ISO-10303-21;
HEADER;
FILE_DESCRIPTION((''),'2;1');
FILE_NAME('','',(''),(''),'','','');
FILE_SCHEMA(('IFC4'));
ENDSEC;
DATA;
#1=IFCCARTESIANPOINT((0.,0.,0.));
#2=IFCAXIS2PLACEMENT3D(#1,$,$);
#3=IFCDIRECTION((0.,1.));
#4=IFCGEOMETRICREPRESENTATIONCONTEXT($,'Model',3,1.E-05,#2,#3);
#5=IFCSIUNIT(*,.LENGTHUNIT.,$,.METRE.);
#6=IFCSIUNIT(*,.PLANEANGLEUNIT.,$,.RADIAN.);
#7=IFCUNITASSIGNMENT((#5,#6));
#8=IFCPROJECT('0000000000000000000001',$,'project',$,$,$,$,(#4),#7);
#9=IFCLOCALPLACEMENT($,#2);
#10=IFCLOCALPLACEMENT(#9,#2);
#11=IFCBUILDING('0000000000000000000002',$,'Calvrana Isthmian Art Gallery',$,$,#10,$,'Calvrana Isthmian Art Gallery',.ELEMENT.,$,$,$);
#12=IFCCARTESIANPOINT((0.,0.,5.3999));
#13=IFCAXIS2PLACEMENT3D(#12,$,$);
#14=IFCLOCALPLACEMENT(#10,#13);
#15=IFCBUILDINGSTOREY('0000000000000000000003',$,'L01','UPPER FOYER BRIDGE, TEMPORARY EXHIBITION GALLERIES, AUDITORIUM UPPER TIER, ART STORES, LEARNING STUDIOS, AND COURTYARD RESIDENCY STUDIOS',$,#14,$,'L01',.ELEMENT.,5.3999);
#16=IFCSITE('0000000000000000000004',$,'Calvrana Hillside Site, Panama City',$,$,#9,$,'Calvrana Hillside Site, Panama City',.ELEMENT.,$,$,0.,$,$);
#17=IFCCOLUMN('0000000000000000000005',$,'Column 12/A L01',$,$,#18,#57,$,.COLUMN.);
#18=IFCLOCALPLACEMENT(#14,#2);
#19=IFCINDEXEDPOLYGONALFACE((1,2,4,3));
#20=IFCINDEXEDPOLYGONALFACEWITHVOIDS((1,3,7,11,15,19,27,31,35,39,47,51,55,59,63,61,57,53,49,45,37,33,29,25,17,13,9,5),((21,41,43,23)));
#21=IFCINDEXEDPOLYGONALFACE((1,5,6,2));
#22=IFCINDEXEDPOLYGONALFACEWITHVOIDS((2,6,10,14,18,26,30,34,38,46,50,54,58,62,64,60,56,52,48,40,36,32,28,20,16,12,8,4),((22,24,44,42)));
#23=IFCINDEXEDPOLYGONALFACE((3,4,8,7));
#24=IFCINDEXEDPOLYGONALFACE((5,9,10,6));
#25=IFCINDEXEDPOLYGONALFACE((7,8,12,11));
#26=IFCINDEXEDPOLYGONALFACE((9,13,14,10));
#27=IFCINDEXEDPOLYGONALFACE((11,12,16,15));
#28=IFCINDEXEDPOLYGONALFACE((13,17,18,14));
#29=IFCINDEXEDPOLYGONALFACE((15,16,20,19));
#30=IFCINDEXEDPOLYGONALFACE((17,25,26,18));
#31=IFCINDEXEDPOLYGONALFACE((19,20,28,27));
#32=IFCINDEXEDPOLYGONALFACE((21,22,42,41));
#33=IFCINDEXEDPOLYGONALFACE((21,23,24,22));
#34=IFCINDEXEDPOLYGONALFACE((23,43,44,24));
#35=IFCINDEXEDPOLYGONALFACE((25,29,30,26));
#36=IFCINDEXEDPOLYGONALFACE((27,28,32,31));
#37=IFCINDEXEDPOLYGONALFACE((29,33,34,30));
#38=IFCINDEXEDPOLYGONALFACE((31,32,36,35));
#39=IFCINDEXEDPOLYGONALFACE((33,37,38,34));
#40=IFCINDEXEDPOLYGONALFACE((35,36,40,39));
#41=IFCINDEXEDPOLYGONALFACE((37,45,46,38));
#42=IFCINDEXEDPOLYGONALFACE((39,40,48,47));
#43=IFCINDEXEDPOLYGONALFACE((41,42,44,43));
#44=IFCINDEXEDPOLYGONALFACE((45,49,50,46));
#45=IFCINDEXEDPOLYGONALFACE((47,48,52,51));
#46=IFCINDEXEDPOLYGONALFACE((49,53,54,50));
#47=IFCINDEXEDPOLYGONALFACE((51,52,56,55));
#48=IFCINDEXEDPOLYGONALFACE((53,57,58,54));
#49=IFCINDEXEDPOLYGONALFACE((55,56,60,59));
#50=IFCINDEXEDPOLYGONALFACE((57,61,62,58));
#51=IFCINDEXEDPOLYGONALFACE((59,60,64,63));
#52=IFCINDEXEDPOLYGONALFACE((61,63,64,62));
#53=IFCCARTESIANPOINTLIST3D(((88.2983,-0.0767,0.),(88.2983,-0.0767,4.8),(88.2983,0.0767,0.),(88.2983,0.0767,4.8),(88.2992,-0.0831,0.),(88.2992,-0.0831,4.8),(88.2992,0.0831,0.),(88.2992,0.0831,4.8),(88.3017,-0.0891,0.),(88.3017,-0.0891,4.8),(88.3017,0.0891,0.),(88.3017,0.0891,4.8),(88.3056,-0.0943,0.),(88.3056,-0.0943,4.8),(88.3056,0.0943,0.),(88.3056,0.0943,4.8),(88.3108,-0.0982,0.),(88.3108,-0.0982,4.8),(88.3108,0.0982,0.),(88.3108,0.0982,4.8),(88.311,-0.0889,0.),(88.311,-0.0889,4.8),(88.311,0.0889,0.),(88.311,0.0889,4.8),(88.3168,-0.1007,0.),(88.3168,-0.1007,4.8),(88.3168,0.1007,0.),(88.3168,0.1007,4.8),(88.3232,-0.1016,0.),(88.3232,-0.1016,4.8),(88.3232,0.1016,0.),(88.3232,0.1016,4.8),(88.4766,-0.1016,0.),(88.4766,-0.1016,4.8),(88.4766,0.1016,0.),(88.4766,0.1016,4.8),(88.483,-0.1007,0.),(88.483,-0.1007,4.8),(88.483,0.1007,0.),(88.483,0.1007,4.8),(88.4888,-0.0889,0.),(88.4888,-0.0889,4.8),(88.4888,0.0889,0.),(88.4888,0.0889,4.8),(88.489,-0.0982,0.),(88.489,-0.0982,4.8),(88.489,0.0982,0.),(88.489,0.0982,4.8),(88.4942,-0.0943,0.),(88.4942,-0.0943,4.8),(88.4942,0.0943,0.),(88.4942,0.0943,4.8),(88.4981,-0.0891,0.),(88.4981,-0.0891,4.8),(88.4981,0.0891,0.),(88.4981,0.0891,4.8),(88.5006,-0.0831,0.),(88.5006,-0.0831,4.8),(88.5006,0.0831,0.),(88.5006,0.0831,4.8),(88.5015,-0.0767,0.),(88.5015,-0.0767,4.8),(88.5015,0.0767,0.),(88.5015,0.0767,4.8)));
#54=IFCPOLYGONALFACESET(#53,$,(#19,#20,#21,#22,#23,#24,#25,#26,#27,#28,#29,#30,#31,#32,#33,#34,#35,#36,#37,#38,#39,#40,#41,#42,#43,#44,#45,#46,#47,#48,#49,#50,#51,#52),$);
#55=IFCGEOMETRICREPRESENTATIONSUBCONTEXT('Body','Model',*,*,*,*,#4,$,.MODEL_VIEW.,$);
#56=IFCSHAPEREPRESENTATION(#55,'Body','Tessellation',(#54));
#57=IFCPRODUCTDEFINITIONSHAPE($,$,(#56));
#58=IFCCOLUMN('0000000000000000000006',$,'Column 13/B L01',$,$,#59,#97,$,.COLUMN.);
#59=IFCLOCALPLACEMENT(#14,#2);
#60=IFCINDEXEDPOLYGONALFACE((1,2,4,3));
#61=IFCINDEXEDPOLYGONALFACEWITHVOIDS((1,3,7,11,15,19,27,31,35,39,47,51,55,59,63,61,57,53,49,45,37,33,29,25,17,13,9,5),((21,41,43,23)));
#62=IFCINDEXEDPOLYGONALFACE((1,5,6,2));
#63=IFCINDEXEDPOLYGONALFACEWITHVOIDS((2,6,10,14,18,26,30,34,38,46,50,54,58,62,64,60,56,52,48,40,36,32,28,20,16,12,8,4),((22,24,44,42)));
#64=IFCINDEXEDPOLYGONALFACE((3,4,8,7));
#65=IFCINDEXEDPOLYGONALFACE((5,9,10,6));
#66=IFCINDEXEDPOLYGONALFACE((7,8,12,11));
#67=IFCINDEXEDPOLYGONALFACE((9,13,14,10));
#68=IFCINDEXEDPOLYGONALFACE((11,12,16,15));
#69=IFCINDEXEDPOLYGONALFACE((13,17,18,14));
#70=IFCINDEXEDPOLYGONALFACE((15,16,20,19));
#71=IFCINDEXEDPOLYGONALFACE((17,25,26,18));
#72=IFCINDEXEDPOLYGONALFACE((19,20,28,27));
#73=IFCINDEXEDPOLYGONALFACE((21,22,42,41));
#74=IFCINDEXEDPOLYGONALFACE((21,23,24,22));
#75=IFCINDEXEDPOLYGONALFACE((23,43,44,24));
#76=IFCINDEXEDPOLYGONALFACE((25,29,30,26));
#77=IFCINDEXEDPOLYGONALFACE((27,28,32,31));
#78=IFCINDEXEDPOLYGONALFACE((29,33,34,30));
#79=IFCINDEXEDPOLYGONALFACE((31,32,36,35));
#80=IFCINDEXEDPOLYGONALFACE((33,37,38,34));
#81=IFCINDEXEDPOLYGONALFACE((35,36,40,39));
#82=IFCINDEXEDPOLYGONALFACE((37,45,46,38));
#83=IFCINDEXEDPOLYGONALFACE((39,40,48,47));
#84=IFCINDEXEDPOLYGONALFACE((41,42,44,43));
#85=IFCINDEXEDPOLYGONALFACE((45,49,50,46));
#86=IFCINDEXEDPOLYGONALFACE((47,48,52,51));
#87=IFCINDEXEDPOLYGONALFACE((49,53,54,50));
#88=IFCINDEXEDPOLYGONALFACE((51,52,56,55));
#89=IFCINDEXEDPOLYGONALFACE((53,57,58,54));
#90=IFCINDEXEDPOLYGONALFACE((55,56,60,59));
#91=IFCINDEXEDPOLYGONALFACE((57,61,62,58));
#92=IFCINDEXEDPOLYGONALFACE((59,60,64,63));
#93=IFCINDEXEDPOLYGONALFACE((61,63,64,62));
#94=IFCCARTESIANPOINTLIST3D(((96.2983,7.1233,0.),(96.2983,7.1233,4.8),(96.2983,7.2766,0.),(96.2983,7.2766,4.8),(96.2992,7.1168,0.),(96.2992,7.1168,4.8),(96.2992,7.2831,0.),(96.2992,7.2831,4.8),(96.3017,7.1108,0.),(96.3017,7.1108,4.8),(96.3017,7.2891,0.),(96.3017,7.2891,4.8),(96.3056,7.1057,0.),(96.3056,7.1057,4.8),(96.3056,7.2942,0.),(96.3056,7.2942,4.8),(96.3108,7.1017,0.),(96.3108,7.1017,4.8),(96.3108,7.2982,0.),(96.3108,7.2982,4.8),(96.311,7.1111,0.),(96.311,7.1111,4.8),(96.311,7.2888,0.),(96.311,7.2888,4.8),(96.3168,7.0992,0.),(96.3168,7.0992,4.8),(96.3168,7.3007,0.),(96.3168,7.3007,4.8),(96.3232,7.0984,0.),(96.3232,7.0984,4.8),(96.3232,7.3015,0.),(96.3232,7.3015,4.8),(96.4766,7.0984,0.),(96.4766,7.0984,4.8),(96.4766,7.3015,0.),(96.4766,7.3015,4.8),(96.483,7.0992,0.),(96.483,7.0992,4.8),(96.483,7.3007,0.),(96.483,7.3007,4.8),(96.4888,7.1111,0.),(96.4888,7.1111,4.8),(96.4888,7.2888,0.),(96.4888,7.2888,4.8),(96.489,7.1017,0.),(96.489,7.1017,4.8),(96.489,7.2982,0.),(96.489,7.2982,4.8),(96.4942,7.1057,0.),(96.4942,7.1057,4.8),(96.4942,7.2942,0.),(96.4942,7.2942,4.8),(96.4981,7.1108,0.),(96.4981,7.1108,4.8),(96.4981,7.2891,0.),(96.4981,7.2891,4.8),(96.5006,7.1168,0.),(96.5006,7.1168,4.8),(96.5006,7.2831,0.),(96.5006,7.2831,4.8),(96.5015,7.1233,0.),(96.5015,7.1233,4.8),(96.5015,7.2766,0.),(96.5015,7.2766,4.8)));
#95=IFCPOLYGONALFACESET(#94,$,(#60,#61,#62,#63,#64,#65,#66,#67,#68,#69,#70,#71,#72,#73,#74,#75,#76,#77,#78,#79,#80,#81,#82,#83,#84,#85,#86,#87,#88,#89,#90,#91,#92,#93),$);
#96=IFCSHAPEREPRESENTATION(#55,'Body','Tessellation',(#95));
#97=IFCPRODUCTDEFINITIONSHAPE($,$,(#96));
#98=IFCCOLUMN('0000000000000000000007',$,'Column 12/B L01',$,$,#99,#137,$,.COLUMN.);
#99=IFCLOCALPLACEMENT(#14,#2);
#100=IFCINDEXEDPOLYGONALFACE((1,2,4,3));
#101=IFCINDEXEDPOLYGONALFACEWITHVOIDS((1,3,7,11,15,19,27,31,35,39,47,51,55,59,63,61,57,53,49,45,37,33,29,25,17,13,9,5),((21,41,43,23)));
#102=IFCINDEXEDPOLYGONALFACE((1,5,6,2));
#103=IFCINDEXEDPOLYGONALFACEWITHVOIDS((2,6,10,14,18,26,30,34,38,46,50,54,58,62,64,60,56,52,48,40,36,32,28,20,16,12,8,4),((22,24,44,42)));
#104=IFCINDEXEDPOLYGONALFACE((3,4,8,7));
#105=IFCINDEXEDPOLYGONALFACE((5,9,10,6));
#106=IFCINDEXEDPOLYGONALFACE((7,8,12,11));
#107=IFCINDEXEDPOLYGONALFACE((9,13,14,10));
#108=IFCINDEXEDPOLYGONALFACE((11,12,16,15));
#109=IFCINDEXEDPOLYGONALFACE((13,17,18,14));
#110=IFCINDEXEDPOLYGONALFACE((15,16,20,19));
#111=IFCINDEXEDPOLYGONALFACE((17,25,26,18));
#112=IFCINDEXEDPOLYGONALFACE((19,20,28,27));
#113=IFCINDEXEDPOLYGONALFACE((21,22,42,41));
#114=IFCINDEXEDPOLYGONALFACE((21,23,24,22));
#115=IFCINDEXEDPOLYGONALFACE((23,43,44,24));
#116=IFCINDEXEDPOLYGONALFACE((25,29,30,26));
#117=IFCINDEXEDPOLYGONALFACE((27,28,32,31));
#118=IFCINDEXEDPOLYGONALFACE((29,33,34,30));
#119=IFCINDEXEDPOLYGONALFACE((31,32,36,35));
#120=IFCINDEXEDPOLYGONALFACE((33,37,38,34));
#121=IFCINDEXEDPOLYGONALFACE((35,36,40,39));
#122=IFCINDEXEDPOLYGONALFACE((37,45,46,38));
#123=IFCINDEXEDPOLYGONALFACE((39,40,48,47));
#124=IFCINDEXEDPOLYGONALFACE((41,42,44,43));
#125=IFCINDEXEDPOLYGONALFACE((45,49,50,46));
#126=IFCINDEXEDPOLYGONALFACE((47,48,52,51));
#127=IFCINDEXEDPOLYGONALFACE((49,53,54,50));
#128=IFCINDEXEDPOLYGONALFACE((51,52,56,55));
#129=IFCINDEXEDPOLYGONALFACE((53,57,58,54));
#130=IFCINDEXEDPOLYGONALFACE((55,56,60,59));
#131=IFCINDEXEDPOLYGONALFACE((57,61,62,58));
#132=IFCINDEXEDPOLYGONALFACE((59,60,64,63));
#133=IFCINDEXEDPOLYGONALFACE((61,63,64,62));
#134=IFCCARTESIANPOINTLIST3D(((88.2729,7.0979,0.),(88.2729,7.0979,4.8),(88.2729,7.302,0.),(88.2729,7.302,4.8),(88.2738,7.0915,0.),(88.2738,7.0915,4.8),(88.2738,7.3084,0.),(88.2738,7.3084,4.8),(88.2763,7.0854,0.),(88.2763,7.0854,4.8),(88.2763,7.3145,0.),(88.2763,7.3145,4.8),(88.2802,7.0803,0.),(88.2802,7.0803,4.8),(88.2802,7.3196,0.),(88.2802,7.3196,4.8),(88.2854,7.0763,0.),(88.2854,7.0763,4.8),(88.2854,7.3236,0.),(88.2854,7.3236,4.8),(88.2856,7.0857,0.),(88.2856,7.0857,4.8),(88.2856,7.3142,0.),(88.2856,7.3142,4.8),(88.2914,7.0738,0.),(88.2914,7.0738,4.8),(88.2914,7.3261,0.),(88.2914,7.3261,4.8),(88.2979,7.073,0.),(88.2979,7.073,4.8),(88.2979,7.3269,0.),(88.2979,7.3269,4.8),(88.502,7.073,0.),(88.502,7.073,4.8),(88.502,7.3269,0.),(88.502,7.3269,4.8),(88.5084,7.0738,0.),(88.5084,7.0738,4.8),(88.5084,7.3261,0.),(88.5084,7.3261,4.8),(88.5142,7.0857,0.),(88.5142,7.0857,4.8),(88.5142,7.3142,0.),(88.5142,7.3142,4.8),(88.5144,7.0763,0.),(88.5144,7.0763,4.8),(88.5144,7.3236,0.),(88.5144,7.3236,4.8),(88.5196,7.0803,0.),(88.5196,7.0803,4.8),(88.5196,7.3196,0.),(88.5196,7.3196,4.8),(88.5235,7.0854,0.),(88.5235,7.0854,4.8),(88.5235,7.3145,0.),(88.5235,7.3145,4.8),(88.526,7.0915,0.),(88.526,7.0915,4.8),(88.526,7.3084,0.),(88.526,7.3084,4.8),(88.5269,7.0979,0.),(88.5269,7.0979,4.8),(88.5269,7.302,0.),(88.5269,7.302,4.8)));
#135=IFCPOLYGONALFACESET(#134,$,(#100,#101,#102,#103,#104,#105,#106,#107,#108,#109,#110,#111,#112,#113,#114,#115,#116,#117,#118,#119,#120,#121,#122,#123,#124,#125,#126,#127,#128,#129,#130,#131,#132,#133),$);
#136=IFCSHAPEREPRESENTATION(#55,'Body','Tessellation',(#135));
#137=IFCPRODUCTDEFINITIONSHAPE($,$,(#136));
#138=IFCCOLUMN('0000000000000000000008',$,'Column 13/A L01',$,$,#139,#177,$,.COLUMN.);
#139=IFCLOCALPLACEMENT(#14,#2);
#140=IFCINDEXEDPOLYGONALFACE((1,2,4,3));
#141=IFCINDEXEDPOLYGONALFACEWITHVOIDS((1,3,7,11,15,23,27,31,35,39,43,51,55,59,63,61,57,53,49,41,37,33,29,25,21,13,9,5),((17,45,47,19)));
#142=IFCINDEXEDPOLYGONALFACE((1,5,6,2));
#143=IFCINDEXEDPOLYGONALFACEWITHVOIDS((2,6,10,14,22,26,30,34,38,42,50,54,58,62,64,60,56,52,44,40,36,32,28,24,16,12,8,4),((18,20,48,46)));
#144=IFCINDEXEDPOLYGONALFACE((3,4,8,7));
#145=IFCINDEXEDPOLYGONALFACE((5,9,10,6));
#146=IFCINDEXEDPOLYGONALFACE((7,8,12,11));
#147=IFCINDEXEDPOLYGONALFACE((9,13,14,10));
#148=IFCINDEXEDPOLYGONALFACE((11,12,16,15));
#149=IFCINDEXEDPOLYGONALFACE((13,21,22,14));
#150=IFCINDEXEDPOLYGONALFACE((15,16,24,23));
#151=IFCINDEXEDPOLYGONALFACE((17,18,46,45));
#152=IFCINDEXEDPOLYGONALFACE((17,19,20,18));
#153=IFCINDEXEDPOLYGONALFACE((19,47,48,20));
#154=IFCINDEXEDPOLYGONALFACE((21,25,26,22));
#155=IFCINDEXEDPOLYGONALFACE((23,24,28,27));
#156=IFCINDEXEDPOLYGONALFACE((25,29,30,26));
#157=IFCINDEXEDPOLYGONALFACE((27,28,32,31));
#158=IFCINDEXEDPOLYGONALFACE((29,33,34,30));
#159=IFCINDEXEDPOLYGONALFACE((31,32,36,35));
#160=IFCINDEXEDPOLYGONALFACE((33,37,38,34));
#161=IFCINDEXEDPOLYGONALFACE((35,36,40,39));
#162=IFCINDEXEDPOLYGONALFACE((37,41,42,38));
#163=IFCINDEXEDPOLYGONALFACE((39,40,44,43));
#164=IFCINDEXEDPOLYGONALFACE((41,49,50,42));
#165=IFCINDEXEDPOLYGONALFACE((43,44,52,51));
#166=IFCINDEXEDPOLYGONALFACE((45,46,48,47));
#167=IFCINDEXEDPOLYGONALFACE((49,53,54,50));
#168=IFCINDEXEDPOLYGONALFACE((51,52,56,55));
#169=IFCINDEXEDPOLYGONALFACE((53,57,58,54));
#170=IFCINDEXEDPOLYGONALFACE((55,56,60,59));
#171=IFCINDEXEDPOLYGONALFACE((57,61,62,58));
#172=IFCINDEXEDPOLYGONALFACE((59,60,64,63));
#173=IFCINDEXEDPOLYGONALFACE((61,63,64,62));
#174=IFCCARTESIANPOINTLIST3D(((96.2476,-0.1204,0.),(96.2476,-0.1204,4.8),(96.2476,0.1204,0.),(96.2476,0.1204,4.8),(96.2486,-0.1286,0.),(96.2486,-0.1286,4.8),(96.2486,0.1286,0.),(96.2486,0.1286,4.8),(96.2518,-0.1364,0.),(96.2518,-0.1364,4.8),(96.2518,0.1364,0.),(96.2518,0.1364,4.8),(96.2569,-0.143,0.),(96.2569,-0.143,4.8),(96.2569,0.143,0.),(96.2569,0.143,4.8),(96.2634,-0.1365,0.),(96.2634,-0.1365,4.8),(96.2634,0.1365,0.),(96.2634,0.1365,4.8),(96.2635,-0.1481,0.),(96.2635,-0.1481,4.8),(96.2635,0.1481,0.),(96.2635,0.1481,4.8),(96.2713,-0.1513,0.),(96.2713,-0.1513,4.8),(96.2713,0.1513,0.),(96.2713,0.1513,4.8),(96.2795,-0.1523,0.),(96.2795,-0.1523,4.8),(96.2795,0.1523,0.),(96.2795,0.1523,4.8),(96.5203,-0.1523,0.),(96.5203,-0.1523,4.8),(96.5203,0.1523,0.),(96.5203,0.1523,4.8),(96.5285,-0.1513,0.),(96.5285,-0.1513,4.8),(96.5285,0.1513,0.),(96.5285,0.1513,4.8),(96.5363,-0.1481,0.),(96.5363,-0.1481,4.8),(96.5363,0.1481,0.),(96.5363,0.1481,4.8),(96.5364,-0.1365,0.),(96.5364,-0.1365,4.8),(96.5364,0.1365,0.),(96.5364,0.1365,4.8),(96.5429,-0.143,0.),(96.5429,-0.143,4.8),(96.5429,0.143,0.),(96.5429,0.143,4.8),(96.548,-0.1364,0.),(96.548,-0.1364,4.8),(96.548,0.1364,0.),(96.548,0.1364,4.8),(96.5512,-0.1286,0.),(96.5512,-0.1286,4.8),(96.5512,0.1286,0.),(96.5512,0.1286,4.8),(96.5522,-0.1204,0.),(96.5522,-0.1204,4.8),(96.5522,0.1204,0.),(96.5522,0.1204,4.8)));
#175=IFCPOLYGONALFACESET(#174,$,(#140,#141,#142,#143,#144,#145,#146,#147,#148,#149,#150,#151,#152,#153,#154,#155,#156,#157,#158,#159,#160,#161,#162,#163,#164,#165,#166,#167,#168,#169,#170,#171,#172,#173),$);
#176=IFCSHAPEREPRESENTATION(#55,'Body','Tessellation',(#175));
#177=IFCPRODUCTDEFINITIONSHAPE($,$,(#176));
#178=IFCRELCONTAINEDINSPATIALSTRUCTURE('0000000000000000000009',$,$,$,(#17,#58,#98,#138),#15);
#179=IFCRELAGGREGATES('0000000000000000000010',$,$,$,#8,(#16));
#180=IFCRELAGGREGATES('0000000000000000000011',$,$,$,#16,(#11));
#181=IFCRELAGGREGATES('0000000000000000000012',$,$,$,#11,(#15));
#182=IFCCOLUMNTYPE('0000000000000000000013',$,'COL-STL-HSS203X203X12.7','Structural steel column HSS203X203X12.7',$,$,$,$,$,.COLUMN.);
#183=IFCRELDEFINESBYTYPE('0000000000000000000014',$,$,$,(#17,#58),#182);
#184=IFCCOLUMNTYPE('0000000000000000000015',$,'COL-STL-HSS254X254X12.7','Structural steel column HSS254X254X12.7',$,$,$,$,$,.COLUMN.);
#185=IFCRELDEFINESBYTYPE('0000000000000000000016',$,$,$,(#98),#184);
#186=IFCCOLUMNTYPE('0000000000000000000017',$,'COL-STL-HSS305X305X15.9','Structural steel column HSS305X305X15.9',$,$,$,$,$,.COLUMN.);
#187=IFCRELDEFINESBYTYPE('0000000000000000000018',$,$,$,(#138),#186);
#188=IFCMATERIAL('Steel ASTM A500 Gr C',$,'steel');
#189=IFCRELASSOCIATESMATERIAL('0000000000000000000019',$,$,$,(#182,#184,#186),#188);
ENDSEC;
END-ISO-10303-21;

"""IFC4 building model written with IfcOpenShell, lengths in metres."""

from ifc_helpers import new_model, si_unit, direction, frame, origin, origin_2d, place, context, subcontext, project, spatial, hollow_rectangle, extrude, material, material_profile, profile_set, type_object, element, save


model = new_model("IFC4")

# Units and contexts
model_context = context("Model", 3, precision=1e-05, world=origin(), true_north=direction((0.0, 1.0)))
body_context = subcontext(model_context, "Body", "Model", "MODEL_VIEW")
ifc_project = project(units=[si_unit("LENGTHUNIT", "METRE"), si_unit("PLANEANGLEUNIT", "RADIAN")], contexts=[model_context])

# Site, building, storey
site_placement = place(None, origin())
site = spatial("IfcSite", under=ifc_project, at=site_placement, Name="Calvrana Hillside Site, Panama City", LongName="Calvrana Hillside Site, Panama City", CompositionType="ELEMENT", RefElevation=0.0)
building_placement = place(site_placement, origin())
building = spatial("IfcBuilding", under=site, at=building_placement, Name="Calvrana Isthmian Art Gallery", LongName="Calvrana Isthmian Art Gallery", CompositionType="ELEMENT")
storey_placement = place(building_placement, frame((0.0, 0.0, 5.3999)))
storey = spatial("IfcBuildingStorey", under=building, at=storey_placement, Name="L01", Description="UPPER FOYER BRIDGE, TEMPORARY EXHIBITION GALLERIES, AUDITORIUM UPPER TIER, ART STORES, LEARNING STUDIOS, AND COURTYARD RESIDENCY STUDIOS", LongName="L01", CompositionType="ELEMENT", Elevation=5.3999)

# Columns
ifc_material_1 = material(Name="Steel ASTM A500 Gr C", Category="steel")
ifc_material_profile_1 = material_profile(ifc_material_1, hollow_rectangle(XDim=0.2031, YDim=0.2031, WallThickness=0.0127, OuterFilletRadius=0.0249, at=origin_2d()), Name="HSS203X203X12.7")
ifc_profile_set_1 = profile_set([ifc_material_profile_1], Name="Steel ASTM A500 Gr C")
column_type_1 = type_object("IfcColumnType", Name="COL-STL-HSS203X203X12.7", Description="Structural steel column HSS203X203X12.7", PredefinedType="COLUMN", material=ifc_profile_set_1)
for number, where, z_axis, x_axis, name in (
    (1, (88.3999, 0.0, 0.0), (0.0, 0.0, 1.0), (1.0, 0.0, 0.0), "Column 12/A L01"),
    (2, (96.3999, 7.2, 0.0), (0.0, 0.0, 1.0), (1.0, 0.0, 0.0), "Column 13/B L01"),
):
    element("IfcColumn", number, at=place(storey_placement, frame(where, z_axis=z_axis, x_axis=x_axis)), inside=storey, type_object=column_type_1, Name=name, PredefinedType="COLUMN", context=body_context, shape_type="SweptSolid", body=[
        extrude(hollow_rectangle(XDim=0.2031, YDim=0.2031, WallThickness=0.0127, OuterFilletRadius=0.0249, at=origin_2d()), origin(), (0.0, 0.0, 1.0), 4.8),
    ])
ifc_material_profile_2 = material_profile(ifc_material_1, hollow_rectangle(XDim=0.2539, YDim=0.2539, WallThickness=0.0127, OuterFilletRadius=0.0249, at=origin_2d()), Name="HSS254X254X12.7")
ifc_profile_set_2 = profile_set([ifc_material_profile_2], Name="Steel ASTM A500 Gr C")
column_type_2 = type_object("IfcColumnType", Name="COL-STL-HSS254X254X12.7", Description="Structural steel column HSS254X254X12.7", PredefinedType="COLUMN", material=ifc_profile_set_2)
column_1_placement = place(storey_placement, frame((88.3999, 7.2, 0.0), z_axis=(0.0, 0.0, 1.0), x_axis=(1.0, 0.0, 0.0)))
element("IfcColumn", 3, at=column_1_placement, inside=storey, type_object=column_type_2, Name="Column 12/B L01", PredefinedType="COLUMN", context=body_context, shape_type="SweptSolid", body=[
    extrude(hollow_rectangle(XDim=0.2539, YDim=0.2539, WallThickness=0.0127, OuterFilletRadius=0.0249, at=origin_2d()), origin(), (0.0, 0.0, 1.0), 4.8),
])
ifc_material_profile_3 = material_profile(ifc_material_1, hollow_rectangle(XDim=0.3047, YDim=0.3047, WallThickness=0.0159, OuterFilletRadius=0.032, at=origin_2d()), Name="HSS305X305X15.9")
ifc_profile_set_3 = profile_set([ifc_material_profile_3], Name="Steel ASTM A500 Gr C")
column_type_3 = type_object("IfcColumnType", Name="COL-STL-HSS305X305X15.9", Description="Structural steel column HSS305X305X15.9", PredefinedType="COLUMN", material=ifc_profile_set_3)
column_2_placement = place(storey_placement, frame((96.3999, 0.0, 0.0), z_axis=(0.0, 0.0, 1.0), x_axis=(1.0, 0.0, 0.0)))
element("IfcColumn", 4, at=column_2_placement, inside=storey, type_object=column_type_3, Name="Column 13/A L01", PredefinedType="COLUMN", context=body_context, shape_type="SweptSolid", body=[
    extrude(hollow_rectangle(XDim=0.3047, YDim=0.3047, WallThickness=0.0159, OuterFilletRadius=0.032, at=origin_2d()), origin(), (0.0, 0.0, 1.0), 4.8),
])

save(model, "model.ifc")
